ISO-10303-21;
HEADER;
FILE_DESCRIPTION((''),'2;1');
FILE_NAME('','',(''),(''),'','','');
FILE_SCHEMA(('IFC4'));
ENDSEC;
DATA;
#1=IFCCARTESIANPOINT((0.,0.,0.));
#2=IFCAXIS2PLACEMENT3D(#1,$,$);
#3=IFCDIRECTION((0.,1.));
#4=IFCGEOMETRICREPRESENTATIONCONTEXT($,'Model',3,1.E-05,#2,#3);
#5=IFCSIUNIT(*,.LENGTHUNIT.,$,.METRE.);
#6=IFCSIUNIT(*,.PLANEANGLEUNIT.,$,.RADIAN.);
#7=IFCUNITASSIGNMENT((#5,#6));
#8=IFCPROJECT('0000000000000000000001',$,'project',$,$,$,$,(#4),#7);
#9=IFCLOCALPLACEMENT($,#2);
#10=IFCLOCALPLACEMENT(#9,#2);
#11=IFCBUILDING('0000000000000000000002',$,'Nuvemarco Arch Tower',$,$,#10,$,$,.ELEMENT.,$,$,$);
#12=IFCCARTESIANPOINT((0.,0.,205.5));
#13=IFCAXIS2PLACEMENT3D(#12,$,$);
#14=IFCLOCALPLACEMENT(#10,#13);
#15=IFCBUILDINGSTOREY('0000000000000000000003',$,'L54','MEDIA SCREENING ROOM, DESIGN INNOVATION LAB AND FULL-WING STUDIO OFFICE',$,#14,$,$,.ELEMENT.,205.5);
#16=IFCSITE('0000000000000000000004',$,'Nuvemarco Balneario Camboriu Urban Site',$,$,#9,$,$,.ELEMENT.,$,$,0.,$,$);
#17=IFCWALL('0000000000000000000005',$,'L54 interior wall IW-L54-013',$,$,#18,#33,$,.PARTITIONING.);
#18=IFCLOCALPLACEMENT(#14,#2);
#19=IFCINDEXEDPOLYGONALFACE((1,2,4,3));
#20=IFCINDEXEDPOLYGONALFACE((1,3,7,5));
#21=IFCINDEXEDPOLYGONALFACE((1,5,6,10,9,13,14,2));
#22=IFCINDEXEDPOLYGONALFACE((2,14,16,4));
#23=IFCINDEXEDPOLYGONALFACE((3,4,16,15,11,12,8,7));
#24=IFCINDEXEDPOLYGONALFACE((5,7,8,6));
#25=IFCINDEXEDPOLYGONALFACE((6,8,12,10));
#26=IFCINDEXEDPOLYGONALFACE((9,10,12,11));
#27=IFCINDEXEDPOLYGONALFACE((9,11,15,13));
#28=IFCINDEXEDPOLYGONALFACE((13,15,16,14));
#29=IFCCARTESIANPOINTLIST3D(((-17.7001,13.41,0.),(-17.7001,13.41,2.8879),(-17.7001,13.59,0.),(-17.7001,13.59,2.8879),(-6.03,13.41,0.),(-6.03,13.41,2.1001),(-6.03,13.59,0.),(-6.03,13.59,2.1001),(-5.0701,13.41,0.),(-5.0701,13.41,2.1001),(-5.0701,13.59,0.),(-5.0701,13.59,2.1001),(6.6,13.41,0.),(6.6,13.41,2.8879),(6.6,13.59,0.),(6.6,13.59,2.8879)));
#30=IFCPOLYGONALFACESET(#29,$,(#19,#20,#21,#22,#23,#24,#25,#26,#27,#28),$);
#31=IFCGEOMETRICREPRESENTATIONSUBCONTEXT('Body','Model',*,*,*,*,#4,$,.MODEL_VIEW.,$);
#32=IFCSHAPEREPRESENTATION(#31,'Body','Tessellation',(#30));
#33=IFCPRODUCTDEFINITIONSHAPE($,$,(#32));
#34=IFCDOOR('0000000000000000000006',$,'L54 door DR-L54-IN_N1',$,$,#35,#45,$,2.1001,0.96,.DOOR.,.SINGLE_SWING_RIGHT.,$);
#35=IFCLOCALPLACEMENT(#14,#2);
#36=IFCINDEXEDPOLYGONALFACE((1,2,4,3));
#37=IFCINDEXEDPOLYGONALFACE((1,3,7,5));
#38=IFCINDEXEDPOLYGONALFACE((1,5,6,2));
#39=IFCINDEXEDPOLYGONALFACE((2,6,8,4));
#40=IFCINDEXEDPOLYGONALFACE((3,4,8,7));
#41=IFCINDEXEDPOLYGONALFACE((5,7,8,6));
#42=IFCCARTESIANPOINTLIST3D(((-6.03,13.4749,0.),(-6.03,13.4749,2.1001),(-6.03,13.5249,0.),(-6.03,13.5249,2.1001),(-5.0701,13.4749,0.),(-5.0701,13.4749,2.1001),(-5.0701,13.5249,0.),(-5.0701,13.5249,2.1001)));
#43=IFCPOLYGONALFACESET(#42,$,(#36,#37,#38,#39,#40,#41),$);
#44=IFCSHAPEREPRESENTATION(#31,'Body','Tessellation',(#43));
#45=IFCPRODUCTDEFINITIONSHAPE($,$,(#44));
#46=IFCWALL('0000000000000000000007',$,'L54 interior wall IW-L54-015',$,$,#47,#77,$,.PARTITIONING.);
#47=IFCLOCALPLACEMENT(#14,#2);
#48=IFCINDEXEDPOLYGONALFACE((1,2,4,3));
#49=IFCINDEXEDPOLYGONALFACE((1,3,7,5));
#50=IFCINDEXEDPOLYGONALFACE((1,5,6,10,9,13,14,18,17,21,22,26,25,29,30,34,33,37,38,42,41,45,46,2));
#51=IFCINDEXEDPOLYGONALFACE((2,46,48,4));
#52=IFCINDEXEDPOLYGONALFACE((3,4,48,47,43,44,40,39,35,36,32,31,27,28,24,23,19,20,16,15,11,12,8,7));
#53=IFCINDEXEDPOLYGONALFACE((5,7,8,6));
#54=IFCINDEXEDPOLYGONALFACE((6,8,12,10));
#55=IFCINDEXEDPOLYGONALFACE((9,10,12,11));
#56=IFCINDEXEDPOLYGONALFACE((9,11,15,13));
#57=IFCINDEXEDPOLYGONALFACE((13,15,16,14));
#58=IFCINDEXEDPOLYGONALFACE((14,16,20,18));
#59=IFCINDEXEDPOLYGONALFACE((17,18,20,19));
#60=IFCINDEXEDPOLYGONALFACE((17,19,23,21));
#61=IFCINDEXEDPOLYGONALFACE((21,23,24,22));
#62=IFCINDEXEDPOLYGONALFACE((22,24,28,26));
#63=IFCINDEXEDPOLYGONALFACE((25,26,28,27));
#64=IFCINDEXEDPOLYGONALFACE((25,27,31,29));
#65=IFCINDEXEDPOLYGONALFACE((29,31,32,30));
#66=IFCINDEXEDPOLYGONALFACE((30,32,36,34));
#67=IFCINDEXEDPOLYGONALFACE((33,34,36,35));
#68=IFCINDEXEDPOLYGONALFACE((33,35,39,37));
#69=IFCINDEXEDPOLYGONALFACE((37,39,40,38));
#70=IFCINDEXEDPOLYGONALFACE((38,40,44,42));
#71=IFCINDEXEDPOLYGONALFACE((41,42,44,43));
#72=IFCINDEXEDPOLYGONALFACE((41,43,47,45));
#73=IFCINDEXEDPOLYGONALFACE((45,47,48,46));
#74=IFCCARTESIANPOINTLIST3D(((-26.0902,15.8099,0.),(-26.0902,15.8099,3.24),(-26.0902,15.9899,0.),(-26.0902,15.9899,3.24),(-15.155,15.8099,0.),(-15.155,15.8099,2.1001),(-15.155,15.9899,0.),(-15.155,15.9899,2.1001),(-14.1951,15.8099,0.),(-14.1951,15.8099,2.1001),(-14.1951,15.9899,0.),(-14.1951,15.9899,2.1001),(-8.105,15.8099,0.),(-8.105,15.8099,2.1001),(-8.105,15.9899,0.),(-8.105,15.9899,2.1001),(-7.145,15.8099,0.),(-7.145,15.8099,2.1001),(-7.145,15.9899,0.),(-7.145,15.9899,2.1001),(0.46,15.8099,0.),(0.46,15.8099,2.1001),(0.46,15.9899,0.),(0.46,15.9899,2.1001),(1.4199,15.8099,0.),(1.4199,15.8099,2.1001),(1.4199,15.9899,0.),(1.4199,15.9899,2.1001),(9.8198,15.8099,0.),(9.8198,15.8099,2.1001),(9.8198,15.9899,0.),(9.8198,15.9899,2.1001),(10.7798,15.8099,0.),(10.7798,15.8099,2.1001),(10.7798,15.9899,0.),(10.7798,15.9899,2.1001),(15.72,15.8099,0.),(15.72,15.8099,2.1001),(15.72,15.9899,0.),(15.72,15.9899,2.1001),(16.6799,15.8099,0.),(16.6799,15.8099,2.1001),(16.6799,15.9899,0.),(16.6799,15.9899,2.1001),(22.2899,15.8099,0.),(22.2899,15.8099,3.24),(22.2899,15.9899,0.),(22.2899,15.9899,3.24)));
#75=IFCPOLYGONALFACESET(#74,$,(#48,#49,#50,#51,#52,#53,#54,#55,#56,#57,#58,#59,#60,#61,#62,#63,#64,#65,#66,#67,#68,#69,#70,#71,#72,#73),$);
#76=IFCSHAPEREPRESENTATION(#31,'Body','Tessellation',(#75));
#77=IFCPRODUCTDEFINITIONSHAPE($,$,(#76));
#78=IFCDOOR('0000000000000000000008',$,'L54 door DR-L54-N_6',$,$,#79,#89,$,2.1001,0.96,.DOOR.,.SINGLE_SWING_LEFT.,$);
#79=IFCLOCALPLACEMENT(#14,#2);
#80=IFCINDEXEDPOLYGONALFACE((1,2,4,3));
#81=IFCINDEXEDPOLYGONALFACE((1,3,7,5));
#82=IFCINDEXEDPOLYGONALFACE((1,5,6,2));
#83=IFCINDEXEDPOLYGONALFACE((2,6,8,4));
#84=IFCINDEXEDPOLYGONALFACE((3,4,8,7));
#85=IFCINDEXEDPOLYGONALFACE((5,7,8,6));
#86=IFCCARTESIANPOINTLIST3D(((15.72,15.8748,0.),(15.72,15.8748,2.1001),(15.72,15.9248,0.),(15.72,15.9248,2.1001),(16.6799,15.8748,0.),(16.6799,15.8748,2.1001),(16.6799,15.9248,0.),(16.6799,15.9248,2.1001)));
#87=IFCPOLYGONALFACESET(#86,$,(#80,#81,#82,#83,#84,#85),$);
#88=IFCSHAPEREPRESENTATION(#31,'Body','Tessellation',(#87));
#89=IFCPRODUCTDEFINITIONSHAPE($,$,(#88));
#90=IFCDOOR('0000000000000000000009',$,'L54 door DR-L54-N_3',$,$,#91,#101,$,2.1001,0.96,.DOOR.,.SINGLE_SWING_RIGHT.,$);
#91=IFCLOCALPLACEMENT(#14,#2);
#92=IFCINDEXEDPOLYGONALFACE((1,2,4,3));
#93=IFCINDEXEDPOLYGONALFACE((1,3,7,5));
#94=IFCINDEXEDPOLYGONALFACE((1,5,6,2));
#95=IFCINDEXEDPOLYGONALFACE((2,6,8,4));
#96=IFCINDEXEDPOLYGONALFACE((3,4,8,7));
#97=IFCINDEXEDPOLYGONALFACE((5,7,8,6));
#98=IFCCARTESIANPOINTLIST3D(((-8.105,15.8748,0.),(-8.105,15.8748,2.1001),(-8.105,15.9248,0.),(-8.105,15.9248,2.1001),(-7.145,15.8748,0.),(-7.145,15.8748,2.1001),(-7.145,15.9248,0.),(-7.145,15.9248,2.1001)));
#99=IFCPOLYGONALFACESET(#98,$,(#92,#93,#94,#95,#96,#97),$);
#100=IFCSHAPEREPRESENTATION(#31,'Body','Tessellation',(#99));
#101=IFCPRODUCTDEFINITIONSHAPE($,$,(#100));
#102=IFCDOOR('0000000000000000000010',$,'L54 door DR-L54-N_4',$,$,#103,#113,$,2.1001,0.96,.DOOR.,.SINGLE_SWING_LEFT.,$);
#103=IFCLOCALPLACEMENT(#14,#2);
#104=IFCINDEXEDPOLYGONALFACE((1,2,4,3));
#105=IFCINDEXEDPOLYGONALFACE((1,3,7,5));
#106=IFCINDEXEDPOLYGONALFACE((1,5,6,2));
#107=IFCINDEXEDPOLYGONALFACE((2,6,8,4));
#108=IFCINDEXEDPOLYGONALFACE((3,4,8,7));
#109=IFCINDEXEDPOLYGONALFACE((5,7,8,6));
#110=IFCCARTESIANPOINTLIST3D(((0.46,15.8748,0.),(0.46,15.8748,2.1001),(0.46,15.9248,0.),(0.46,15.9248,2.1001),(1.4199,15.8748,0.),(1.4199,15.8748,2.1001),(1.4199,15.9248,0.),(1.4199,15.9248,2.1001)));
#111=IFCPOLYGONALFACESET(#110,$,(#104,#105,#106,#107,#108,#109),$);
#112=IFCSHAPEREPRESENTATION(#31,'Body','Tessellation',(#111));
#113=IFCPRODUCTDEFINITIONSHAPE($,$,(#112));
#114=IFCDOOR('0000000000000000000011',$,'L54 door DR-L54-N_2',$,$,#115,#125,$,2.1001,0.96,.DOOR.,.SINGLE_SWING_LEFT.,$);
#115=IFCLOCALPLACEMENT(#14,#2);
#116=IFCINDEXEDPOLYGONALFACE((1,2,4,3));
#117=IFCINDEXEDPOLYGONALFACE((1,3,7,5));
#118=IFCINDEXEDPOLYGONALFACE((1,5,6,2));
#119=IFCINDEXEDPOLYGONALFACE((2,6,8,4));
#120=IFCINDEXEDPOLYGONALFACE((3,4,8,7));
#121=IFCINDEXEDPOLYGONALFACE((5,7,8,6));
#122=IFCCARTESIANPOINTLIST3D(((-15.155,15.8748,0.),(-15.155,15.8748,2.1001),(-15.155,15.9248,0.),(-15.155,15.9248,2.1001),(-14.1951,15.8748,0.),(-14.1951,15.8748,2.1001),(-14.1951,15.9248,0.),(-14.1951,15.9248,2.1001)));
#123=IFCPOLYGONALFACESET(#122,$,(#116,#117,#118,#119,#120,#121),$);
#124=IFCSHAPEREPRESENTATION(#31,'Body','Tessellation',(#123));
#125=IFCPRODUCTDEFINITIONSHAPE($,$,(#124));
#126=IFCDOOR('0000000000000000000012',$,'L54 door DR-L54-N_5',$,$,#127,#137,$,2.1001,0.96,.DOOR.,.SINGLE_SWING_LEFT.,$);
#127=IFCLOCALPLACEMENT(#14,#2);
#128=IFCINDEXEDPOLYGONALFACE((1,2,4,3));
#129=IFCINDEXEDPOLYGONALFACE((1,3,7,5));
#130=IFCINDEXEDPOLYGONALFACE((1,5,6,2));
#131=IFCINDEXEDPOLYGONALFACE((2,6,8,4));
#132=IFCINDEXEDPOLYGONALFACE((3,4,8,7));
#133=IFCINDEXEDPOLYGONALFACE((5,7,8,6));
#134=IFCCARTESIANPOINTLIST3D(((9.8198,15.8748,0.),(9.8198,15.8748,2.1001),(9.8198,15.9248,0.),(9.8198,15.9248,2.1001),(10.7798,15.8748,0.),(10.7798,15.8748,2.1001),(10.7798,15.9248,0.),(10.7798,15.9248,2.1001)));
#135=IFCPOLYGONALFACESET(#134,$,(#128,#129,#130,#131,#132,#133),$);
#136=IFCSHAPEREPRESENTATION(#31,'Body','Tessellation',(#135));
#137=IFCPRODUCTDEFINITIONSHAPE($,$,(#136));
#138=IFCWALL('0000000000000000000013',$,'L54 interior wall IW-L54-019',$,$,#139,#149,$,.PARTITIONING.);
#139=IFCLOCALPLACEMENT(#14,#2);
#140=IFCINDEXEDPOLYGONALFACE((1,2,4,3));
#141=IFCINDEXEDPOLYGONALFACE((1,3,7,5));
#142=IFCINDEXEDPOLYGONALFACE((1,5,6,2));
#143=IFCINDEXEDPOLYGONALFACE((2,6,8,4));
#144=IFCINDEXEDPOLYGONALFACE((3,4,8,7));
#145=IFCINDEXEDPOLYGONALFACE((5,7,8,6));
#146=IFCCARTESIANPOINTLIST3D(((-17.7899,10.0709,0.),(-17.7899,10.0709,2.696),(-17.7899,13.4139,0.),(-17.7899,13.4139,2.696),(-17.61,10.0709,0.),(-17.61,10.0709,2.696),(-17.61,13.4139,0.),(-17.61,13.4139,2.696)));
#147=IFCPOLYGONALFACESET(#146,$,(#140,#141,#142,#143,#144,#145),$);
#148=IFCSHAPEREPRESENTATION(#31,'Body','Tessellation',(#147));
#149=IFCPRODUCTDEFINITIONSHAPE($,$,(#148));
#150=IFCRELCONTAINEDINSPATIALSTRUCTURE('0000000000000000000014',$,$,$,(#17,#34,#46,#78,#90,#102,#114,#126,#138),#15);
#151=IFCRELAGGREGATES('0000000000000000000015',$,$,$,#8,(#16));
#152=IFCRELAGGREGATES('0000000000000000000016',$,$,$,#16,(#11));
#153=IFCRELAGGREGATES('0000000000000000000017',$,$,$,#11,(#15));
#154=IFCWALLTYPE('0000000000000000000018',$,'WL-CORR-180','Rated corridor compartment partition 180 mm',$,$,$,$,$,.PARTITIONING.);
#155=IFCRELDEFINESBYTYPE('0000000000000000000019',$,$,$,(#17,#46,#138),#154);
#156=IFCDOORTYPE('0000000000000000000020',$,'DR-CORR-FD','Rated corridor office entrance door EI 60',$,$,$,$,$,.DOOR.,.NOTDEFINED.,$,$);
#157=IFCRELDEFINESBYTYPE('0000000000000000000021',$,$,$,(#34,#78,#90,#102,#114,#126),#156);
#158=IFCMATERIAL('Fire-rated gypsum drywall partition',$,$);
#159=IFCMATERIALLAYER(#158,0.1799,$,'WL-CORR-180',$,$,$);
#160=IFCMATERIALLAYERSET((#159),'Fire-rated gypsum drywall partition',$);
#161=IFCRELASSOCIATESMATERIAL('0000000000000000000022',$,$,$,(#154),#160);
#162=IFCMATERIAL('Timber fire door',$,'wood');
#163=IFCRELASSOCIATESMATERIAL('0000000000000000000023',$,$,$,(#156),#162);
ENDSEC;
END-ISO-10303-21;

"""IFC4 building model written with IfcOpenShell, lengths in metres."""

from ifc_helpers import new_model, si_unit, direction, frame, frame_2d, origin, place, context, subcontext, project, spatial, rectangle, extrude, source, transform, mapped, material, layer, layer_set, type_object, type_shapes, element, fill, save


model = new_model("IFC4")

# Units and contexts
model_context = context("Model", 3, precision=1e-05, world=origin(), true_north=direction((0.0, 1.0)))
body_context = subcontext(model_context, "Body", "Model", "MODEL_VIEW")
ifc_project = project(units=[si_unit("LENGTHUNIT", "METRE"), si_unit("PLANEANGLEUNIT", "RADIAN")], contexts=[model_context])

# Site, building, storey
site_placement = place(None, origin())
site = spatial("IfcSite", under=ifc_project, at=site_placement, Name="Nuvemarco Balneario Camboriu Urban Site", CompositionType="ELEMENT", RefElevation=0.0)
building_placement = place(site_placement, origin())
building = spatial("IfcBuilding", under=site, at=building_placement, Name="Nuvemarco Arch Tower", CompositionType="ELEMENT")
storey_placement = place(building_placement, frame((0.0, 0.0, 205.5)))
storey = spatial("IfcBuildingStorey", under=building, at=storey_placement, Name="L54", Description="MEDIA SCREENING ROOM, DESIGN INNOVATION LAB AND FULL-WING STUDIO OFFICE", CompositionType="ELEMENT", Elevation=205.5)

# Wall, opening, door
ifc_material_1 = material(Name="Fire-rated gypsum drywall partition")
ifc_layer_1 = layer(ifc_material_1, 0.1799, Name="WL-CORR-180")
ifc_layer_set_1 = layer_set([ifc_layer_1], Name="Fire-rated gypsum drywall partition")
wall_type_1 = type_object("IfcWallType", Name="WL-CORR-180", Description="Rated corridor compartment partition 180 mm", PredefinedType="PARTITIONING", material=ifc_layer_set_1)
wall_1_placement = place(storey_placement, frame((-17.7, 13.5, 0.0), z_axis=(0.0, 0.0, 1.0), x_axis=(1.0, 0.0, 0.0)))
wall_1 = element("IfcWall", 1, at=wall_1_placement, inside=storey, type_object=wall_type_1, Name="L54 interior wall IW-L54-013", PredefinedType="PARTITIONING", context=body_context, shape_type="SweptSolid", body=[
    extrude(rectangle(XDim=24.3, YDim=0.1799, at=frame_2d((12.1499, 0.0))), origin(), (0.0, 0.0, 1.0), 2.8879),
])
opening_1_placement = place(wall_1_placement, frame((11.6699, 0.0, 0.0)))
opening_1 = element("IfcOpeningElement", 2, at=opening_1_placement, cuts=wall_1, PredefinedType="OPENING", context=body_context, shape_type="SweptSolid", body=[
    extrude(rectangle(XDim=0.96, YDim=2.1001, at=frame_2d((0.48, 1.05))), frame((0.0, 0.0999, 0.0), z_axis=(0.0, -1.0, 0.0), x_axis=(1.0, 0.0, 0.0)), (0.0, 0.0, 1.0), 0.2),
])
ifc_material_2 = material(Name="Timber fire door", Category="wood")
door_type_1 = type_object("IfcDoorType", Name="DR-CORR-FD", Description="Rated corridor office entrance door EI 60", OperationType="NOTDEFINED", PredefinedType="DOOR", material=ifc_material_2)
shared_shape_1 = source(origin(), body_context, "Body", "SweptSolid", [
    extrude(rectangle(XDim=0.96, YDim=2.1001, at=frame_2d((0.48, 1.05))), frame((0.0, 0.0249, 0.0), z_axis=(0.0, -1.0, 0.0), x_axis=(1.0, 0.0, 0.0)), (0.0, 0.0, 1.0), 0.05),
])
type_shapes(door_type_1, [shared_shape_1])
door_1_placement = place(opening_1_placement, origin())
door_1 = element("IfcDoor", 3, at=door_1_placement, inside=storey, type_object=door_type_1, Name="L54 door DR-L54-IN_N1", OperationType="SINGLE_SWING_RIGHT", OverallHeight=2.1001, OverallWidth=0.96, PredefinedType="DOOR", context=body_context, shape_type="MappedRepresentation", body=[
    mapped(shared_shape_1, transform((0.0, 0.0, 0.0), scale=1.0)),
])
fill(opening_1, door_1)

# Wall, openings, doors
wall_2_placement = place(storey_placement, frame((-26.0901, 15.8999, 0.0), z_axis=(0.0, 0.0, 1.0), x_axis=(1.0, 0.0, 0.0)))
wall_2 = element("IfcWall", 4, at=wall_2_placement, inside=storey, type_object=wall_type_1, Name="L54 interior wall IW-L54-015", PredefinedType="PARTITIONING", context=body_context, shape_type="SweptSolid", body=[
    extrude(rectangle(XDim=48.3801, YDim=0.1799, at=frame_2d((24.1899, 0.0))), origin(), (0.0, 0.0, 1.0), 3.24),
])
opening_2_placement = place(wall_2_placement, frame((41.8101, 0.0, 0.0)))
opening_2 = element("IfcOpeningElement", 5, at=opening_2_placement, cuts=wall_2, PredefinedType="OPENING", context=body_context, shape_type="SweptSolid", body=[
    extrude(rectangle(XDim=0.96, YDim=2.1001, at=frame_2d((0.48, 1.05))), frame((0.0, 0.0999, 0.0), z_axis=(0.0, -1.0, 0.0), x_axis=(1.0, 0.0, 0.0)), (0.0, 0.0, 1.0), 0.2),
])
opening_3_placement = place(wall_2_placement, frame((17.9851, 0.0, 0.0)))
opening_3 = element("IfcOpeningElement", 6, at=opening_3_placement, cuts=wall_2, PredefinedType="OPENING", context=body_context, shape_type="SweptSolid", body=[
    extrude(rectangle(XDim=0.96, YDim=2.1001, at=frame_2d((0.48, 1.05))), frame((0.0, 0.0999, 0.0), z_axis=(0.0, -1.0, 0.0), x_axis=(1.0, 0.0, 0.0)), (0.0, 0.0, 1.0), 0.2),
])
opening_4_placement = place(wall_2_placement, frame((26.55, 0.0, 0.0)))
opening_4 = element("IfcOpeningElement", 7, at=opening_4_placement, cuts=wall_2, PredefinedType="OPENING", context=body_context, shape_type="SweptSolid", body=[
    extrude(rectangle(XDim=0.96, YDim=2.1001, at=frame_2d((0.48, 1.05))), frame((0.0, 0.0999, 0.0), z_axis=(0.0, -1.0, 0.0), x_axis=(1.0, 0.0, 0.0)), (0.0, 0.0, 1.0), 0.2),
])
opening_5_placement = place(wall_2_placement, frame((10.9351, 0.0, 0.0)))
opening_5 = element("IfcOpeningElement", 8, at=opening_5_placement, cuts=wall_2, PredefinedType="OPENING", context=body_context, shape_type="SweptSolid", body=[
    extrude(rectangle(XDim=0.96, YDim=2.1001, at=frame_2d((0.48, 1.05))), frame((0.0, 0.0999, 0.0), z_axis=(0.0, -1.0, 0.0), x_axis=(1.0, 0.0, 0.0)), (0.0, 0.0, 1.0), 0.2),
])
opening_6_placement = place(wall_2_placement, frame((35.9099, 0.0, 0.0)))
opening_6 = element("IfcOpeningElement", 9, at=opening_6_placement, cuts=wall_2, PredefinedType="OPENING", context=body_context, shape_type="SweptSolid", body=[
    extrude(rectangle(XDim=0.96, YDim=2.1001, at=frame_2d((0.48, 1.05))), frame((0.0, 0.0999, 0.0), z_axis=(0.0, -1.0, 0.0), x_axis=(1.0, 0.0, 0.0)), (0.0, 0.0, 1.0), 0.2),
])
door_2_placement = place(opening_2_placement, origin())
door_2 = element("IfcDoor", 10, at=door_2_placement, inside=storey, type_object=door_type_1, Name="L54 door DR-L54-N_6", OperationType="SINGLE_SWING_LEFT", OverallHeight=2.1001, OverallWidth=0.96, PredefinedType="DOOR", context=body_context, shape_type="MappedRepresentation", body=[
    mapped(shared_shape_1, transform((0.0, 0.0, 0.0), scale=1.0)),
])
fill(opening_2, door_2)
door_3_placement = place(opening_3_placement, origin())
door_3 = element("IfcDoor", 11, at=door_3_placement, inside=storey, type_object=door_type_1, Name="L54 door DR-L54-N_3", OperationType="SINGLE_SWING_RIGHT", OverallHeight=2.1001, OverallWidth=0.96, PredefinedType="DOOR", context=body_context, shape_type="MappedRepresentation", body=[
    mapped(shared_shape_1, transform((0.0, 0.0, 0.0), scale=1.0)),
])
fill(opening_3, door_3)
door_4_placement = place(opening_4_placement, origin())
door_4 = element("IfcDoor", 12, at=door_4_placement, inside=storey, type_object=door_type_1, Name="L54 door DR-L54-N_4", OperationType="SINGLE_SWING_LEFT", OverallHeight=2.1001, OverallWidth=0.96, PredefinedType="DOOR", context=body_context, shape_type="MappedRepresentation", body=[
    mapped(shared_shape_1, transform((0.0, 0.0, 0.0), scale=1.0)),
])
fill(opening_4, door_4)
door_5_placement = place(opening_5_placement, origin())
door_5 = element("IfcDoor", 13, at=door_5_placement, inside=storey, type_object=door_type_1, Name="L54 door DR-L54-N_2", OperationType="SINGLE_SWING_LEFT", OverallHeight=2.1001, OverallWidth=0.96, PredefinedType="DOOR", context=body_context, shape_type="MappedRepresentation", body=[
    mapped(shared_shape_1, transform((0.0, 0.0, 0.0), scale=1.0)),
])
fill(opening_5, door_5)
door_6_placement = place(opening_6_placement, origin())
door_6 = element("IfcDoor", 14, at=door_6_placement, inside=storey, type_object=door_type_1, Name="L54 door DR-L54-N_5", OperationType="SINGLE_SWING_LEFT", OverallHeight=2.1001, OverallWidth=0.96, PredefinedType="DOOR", context=body_context, shape_type="MappedRepresentation", body=[
    mapped(shared_shape_1, transform((0.0, 0.0, 0.0), scale=1.0)),
])
fill(opening_6, door_6)

# Wall
wall_3_placement = place(storey_placement, frame((-17.7, 10.071, 0.0), z_axis=(0.0, 0.0, 1.0), x_axis=(0.0, 1.0, 0.0)))
element("IfcWall", 15, at=wall_3_placement, inside=storey, type_object=wall_type_1, Name="L54 interior wall IW-L54-019", PredefinedType="PARTITIONING", context=body_context, shape_type="SweptSolid", body=[
    extrude(rectangle(XDim=3.343, YDim=0.1799, at=frame_2d((1.6714, 0.0))), origin(), (0.0, 0.0, 1.0), 2.696),
])

save(model, "model.ifc")
